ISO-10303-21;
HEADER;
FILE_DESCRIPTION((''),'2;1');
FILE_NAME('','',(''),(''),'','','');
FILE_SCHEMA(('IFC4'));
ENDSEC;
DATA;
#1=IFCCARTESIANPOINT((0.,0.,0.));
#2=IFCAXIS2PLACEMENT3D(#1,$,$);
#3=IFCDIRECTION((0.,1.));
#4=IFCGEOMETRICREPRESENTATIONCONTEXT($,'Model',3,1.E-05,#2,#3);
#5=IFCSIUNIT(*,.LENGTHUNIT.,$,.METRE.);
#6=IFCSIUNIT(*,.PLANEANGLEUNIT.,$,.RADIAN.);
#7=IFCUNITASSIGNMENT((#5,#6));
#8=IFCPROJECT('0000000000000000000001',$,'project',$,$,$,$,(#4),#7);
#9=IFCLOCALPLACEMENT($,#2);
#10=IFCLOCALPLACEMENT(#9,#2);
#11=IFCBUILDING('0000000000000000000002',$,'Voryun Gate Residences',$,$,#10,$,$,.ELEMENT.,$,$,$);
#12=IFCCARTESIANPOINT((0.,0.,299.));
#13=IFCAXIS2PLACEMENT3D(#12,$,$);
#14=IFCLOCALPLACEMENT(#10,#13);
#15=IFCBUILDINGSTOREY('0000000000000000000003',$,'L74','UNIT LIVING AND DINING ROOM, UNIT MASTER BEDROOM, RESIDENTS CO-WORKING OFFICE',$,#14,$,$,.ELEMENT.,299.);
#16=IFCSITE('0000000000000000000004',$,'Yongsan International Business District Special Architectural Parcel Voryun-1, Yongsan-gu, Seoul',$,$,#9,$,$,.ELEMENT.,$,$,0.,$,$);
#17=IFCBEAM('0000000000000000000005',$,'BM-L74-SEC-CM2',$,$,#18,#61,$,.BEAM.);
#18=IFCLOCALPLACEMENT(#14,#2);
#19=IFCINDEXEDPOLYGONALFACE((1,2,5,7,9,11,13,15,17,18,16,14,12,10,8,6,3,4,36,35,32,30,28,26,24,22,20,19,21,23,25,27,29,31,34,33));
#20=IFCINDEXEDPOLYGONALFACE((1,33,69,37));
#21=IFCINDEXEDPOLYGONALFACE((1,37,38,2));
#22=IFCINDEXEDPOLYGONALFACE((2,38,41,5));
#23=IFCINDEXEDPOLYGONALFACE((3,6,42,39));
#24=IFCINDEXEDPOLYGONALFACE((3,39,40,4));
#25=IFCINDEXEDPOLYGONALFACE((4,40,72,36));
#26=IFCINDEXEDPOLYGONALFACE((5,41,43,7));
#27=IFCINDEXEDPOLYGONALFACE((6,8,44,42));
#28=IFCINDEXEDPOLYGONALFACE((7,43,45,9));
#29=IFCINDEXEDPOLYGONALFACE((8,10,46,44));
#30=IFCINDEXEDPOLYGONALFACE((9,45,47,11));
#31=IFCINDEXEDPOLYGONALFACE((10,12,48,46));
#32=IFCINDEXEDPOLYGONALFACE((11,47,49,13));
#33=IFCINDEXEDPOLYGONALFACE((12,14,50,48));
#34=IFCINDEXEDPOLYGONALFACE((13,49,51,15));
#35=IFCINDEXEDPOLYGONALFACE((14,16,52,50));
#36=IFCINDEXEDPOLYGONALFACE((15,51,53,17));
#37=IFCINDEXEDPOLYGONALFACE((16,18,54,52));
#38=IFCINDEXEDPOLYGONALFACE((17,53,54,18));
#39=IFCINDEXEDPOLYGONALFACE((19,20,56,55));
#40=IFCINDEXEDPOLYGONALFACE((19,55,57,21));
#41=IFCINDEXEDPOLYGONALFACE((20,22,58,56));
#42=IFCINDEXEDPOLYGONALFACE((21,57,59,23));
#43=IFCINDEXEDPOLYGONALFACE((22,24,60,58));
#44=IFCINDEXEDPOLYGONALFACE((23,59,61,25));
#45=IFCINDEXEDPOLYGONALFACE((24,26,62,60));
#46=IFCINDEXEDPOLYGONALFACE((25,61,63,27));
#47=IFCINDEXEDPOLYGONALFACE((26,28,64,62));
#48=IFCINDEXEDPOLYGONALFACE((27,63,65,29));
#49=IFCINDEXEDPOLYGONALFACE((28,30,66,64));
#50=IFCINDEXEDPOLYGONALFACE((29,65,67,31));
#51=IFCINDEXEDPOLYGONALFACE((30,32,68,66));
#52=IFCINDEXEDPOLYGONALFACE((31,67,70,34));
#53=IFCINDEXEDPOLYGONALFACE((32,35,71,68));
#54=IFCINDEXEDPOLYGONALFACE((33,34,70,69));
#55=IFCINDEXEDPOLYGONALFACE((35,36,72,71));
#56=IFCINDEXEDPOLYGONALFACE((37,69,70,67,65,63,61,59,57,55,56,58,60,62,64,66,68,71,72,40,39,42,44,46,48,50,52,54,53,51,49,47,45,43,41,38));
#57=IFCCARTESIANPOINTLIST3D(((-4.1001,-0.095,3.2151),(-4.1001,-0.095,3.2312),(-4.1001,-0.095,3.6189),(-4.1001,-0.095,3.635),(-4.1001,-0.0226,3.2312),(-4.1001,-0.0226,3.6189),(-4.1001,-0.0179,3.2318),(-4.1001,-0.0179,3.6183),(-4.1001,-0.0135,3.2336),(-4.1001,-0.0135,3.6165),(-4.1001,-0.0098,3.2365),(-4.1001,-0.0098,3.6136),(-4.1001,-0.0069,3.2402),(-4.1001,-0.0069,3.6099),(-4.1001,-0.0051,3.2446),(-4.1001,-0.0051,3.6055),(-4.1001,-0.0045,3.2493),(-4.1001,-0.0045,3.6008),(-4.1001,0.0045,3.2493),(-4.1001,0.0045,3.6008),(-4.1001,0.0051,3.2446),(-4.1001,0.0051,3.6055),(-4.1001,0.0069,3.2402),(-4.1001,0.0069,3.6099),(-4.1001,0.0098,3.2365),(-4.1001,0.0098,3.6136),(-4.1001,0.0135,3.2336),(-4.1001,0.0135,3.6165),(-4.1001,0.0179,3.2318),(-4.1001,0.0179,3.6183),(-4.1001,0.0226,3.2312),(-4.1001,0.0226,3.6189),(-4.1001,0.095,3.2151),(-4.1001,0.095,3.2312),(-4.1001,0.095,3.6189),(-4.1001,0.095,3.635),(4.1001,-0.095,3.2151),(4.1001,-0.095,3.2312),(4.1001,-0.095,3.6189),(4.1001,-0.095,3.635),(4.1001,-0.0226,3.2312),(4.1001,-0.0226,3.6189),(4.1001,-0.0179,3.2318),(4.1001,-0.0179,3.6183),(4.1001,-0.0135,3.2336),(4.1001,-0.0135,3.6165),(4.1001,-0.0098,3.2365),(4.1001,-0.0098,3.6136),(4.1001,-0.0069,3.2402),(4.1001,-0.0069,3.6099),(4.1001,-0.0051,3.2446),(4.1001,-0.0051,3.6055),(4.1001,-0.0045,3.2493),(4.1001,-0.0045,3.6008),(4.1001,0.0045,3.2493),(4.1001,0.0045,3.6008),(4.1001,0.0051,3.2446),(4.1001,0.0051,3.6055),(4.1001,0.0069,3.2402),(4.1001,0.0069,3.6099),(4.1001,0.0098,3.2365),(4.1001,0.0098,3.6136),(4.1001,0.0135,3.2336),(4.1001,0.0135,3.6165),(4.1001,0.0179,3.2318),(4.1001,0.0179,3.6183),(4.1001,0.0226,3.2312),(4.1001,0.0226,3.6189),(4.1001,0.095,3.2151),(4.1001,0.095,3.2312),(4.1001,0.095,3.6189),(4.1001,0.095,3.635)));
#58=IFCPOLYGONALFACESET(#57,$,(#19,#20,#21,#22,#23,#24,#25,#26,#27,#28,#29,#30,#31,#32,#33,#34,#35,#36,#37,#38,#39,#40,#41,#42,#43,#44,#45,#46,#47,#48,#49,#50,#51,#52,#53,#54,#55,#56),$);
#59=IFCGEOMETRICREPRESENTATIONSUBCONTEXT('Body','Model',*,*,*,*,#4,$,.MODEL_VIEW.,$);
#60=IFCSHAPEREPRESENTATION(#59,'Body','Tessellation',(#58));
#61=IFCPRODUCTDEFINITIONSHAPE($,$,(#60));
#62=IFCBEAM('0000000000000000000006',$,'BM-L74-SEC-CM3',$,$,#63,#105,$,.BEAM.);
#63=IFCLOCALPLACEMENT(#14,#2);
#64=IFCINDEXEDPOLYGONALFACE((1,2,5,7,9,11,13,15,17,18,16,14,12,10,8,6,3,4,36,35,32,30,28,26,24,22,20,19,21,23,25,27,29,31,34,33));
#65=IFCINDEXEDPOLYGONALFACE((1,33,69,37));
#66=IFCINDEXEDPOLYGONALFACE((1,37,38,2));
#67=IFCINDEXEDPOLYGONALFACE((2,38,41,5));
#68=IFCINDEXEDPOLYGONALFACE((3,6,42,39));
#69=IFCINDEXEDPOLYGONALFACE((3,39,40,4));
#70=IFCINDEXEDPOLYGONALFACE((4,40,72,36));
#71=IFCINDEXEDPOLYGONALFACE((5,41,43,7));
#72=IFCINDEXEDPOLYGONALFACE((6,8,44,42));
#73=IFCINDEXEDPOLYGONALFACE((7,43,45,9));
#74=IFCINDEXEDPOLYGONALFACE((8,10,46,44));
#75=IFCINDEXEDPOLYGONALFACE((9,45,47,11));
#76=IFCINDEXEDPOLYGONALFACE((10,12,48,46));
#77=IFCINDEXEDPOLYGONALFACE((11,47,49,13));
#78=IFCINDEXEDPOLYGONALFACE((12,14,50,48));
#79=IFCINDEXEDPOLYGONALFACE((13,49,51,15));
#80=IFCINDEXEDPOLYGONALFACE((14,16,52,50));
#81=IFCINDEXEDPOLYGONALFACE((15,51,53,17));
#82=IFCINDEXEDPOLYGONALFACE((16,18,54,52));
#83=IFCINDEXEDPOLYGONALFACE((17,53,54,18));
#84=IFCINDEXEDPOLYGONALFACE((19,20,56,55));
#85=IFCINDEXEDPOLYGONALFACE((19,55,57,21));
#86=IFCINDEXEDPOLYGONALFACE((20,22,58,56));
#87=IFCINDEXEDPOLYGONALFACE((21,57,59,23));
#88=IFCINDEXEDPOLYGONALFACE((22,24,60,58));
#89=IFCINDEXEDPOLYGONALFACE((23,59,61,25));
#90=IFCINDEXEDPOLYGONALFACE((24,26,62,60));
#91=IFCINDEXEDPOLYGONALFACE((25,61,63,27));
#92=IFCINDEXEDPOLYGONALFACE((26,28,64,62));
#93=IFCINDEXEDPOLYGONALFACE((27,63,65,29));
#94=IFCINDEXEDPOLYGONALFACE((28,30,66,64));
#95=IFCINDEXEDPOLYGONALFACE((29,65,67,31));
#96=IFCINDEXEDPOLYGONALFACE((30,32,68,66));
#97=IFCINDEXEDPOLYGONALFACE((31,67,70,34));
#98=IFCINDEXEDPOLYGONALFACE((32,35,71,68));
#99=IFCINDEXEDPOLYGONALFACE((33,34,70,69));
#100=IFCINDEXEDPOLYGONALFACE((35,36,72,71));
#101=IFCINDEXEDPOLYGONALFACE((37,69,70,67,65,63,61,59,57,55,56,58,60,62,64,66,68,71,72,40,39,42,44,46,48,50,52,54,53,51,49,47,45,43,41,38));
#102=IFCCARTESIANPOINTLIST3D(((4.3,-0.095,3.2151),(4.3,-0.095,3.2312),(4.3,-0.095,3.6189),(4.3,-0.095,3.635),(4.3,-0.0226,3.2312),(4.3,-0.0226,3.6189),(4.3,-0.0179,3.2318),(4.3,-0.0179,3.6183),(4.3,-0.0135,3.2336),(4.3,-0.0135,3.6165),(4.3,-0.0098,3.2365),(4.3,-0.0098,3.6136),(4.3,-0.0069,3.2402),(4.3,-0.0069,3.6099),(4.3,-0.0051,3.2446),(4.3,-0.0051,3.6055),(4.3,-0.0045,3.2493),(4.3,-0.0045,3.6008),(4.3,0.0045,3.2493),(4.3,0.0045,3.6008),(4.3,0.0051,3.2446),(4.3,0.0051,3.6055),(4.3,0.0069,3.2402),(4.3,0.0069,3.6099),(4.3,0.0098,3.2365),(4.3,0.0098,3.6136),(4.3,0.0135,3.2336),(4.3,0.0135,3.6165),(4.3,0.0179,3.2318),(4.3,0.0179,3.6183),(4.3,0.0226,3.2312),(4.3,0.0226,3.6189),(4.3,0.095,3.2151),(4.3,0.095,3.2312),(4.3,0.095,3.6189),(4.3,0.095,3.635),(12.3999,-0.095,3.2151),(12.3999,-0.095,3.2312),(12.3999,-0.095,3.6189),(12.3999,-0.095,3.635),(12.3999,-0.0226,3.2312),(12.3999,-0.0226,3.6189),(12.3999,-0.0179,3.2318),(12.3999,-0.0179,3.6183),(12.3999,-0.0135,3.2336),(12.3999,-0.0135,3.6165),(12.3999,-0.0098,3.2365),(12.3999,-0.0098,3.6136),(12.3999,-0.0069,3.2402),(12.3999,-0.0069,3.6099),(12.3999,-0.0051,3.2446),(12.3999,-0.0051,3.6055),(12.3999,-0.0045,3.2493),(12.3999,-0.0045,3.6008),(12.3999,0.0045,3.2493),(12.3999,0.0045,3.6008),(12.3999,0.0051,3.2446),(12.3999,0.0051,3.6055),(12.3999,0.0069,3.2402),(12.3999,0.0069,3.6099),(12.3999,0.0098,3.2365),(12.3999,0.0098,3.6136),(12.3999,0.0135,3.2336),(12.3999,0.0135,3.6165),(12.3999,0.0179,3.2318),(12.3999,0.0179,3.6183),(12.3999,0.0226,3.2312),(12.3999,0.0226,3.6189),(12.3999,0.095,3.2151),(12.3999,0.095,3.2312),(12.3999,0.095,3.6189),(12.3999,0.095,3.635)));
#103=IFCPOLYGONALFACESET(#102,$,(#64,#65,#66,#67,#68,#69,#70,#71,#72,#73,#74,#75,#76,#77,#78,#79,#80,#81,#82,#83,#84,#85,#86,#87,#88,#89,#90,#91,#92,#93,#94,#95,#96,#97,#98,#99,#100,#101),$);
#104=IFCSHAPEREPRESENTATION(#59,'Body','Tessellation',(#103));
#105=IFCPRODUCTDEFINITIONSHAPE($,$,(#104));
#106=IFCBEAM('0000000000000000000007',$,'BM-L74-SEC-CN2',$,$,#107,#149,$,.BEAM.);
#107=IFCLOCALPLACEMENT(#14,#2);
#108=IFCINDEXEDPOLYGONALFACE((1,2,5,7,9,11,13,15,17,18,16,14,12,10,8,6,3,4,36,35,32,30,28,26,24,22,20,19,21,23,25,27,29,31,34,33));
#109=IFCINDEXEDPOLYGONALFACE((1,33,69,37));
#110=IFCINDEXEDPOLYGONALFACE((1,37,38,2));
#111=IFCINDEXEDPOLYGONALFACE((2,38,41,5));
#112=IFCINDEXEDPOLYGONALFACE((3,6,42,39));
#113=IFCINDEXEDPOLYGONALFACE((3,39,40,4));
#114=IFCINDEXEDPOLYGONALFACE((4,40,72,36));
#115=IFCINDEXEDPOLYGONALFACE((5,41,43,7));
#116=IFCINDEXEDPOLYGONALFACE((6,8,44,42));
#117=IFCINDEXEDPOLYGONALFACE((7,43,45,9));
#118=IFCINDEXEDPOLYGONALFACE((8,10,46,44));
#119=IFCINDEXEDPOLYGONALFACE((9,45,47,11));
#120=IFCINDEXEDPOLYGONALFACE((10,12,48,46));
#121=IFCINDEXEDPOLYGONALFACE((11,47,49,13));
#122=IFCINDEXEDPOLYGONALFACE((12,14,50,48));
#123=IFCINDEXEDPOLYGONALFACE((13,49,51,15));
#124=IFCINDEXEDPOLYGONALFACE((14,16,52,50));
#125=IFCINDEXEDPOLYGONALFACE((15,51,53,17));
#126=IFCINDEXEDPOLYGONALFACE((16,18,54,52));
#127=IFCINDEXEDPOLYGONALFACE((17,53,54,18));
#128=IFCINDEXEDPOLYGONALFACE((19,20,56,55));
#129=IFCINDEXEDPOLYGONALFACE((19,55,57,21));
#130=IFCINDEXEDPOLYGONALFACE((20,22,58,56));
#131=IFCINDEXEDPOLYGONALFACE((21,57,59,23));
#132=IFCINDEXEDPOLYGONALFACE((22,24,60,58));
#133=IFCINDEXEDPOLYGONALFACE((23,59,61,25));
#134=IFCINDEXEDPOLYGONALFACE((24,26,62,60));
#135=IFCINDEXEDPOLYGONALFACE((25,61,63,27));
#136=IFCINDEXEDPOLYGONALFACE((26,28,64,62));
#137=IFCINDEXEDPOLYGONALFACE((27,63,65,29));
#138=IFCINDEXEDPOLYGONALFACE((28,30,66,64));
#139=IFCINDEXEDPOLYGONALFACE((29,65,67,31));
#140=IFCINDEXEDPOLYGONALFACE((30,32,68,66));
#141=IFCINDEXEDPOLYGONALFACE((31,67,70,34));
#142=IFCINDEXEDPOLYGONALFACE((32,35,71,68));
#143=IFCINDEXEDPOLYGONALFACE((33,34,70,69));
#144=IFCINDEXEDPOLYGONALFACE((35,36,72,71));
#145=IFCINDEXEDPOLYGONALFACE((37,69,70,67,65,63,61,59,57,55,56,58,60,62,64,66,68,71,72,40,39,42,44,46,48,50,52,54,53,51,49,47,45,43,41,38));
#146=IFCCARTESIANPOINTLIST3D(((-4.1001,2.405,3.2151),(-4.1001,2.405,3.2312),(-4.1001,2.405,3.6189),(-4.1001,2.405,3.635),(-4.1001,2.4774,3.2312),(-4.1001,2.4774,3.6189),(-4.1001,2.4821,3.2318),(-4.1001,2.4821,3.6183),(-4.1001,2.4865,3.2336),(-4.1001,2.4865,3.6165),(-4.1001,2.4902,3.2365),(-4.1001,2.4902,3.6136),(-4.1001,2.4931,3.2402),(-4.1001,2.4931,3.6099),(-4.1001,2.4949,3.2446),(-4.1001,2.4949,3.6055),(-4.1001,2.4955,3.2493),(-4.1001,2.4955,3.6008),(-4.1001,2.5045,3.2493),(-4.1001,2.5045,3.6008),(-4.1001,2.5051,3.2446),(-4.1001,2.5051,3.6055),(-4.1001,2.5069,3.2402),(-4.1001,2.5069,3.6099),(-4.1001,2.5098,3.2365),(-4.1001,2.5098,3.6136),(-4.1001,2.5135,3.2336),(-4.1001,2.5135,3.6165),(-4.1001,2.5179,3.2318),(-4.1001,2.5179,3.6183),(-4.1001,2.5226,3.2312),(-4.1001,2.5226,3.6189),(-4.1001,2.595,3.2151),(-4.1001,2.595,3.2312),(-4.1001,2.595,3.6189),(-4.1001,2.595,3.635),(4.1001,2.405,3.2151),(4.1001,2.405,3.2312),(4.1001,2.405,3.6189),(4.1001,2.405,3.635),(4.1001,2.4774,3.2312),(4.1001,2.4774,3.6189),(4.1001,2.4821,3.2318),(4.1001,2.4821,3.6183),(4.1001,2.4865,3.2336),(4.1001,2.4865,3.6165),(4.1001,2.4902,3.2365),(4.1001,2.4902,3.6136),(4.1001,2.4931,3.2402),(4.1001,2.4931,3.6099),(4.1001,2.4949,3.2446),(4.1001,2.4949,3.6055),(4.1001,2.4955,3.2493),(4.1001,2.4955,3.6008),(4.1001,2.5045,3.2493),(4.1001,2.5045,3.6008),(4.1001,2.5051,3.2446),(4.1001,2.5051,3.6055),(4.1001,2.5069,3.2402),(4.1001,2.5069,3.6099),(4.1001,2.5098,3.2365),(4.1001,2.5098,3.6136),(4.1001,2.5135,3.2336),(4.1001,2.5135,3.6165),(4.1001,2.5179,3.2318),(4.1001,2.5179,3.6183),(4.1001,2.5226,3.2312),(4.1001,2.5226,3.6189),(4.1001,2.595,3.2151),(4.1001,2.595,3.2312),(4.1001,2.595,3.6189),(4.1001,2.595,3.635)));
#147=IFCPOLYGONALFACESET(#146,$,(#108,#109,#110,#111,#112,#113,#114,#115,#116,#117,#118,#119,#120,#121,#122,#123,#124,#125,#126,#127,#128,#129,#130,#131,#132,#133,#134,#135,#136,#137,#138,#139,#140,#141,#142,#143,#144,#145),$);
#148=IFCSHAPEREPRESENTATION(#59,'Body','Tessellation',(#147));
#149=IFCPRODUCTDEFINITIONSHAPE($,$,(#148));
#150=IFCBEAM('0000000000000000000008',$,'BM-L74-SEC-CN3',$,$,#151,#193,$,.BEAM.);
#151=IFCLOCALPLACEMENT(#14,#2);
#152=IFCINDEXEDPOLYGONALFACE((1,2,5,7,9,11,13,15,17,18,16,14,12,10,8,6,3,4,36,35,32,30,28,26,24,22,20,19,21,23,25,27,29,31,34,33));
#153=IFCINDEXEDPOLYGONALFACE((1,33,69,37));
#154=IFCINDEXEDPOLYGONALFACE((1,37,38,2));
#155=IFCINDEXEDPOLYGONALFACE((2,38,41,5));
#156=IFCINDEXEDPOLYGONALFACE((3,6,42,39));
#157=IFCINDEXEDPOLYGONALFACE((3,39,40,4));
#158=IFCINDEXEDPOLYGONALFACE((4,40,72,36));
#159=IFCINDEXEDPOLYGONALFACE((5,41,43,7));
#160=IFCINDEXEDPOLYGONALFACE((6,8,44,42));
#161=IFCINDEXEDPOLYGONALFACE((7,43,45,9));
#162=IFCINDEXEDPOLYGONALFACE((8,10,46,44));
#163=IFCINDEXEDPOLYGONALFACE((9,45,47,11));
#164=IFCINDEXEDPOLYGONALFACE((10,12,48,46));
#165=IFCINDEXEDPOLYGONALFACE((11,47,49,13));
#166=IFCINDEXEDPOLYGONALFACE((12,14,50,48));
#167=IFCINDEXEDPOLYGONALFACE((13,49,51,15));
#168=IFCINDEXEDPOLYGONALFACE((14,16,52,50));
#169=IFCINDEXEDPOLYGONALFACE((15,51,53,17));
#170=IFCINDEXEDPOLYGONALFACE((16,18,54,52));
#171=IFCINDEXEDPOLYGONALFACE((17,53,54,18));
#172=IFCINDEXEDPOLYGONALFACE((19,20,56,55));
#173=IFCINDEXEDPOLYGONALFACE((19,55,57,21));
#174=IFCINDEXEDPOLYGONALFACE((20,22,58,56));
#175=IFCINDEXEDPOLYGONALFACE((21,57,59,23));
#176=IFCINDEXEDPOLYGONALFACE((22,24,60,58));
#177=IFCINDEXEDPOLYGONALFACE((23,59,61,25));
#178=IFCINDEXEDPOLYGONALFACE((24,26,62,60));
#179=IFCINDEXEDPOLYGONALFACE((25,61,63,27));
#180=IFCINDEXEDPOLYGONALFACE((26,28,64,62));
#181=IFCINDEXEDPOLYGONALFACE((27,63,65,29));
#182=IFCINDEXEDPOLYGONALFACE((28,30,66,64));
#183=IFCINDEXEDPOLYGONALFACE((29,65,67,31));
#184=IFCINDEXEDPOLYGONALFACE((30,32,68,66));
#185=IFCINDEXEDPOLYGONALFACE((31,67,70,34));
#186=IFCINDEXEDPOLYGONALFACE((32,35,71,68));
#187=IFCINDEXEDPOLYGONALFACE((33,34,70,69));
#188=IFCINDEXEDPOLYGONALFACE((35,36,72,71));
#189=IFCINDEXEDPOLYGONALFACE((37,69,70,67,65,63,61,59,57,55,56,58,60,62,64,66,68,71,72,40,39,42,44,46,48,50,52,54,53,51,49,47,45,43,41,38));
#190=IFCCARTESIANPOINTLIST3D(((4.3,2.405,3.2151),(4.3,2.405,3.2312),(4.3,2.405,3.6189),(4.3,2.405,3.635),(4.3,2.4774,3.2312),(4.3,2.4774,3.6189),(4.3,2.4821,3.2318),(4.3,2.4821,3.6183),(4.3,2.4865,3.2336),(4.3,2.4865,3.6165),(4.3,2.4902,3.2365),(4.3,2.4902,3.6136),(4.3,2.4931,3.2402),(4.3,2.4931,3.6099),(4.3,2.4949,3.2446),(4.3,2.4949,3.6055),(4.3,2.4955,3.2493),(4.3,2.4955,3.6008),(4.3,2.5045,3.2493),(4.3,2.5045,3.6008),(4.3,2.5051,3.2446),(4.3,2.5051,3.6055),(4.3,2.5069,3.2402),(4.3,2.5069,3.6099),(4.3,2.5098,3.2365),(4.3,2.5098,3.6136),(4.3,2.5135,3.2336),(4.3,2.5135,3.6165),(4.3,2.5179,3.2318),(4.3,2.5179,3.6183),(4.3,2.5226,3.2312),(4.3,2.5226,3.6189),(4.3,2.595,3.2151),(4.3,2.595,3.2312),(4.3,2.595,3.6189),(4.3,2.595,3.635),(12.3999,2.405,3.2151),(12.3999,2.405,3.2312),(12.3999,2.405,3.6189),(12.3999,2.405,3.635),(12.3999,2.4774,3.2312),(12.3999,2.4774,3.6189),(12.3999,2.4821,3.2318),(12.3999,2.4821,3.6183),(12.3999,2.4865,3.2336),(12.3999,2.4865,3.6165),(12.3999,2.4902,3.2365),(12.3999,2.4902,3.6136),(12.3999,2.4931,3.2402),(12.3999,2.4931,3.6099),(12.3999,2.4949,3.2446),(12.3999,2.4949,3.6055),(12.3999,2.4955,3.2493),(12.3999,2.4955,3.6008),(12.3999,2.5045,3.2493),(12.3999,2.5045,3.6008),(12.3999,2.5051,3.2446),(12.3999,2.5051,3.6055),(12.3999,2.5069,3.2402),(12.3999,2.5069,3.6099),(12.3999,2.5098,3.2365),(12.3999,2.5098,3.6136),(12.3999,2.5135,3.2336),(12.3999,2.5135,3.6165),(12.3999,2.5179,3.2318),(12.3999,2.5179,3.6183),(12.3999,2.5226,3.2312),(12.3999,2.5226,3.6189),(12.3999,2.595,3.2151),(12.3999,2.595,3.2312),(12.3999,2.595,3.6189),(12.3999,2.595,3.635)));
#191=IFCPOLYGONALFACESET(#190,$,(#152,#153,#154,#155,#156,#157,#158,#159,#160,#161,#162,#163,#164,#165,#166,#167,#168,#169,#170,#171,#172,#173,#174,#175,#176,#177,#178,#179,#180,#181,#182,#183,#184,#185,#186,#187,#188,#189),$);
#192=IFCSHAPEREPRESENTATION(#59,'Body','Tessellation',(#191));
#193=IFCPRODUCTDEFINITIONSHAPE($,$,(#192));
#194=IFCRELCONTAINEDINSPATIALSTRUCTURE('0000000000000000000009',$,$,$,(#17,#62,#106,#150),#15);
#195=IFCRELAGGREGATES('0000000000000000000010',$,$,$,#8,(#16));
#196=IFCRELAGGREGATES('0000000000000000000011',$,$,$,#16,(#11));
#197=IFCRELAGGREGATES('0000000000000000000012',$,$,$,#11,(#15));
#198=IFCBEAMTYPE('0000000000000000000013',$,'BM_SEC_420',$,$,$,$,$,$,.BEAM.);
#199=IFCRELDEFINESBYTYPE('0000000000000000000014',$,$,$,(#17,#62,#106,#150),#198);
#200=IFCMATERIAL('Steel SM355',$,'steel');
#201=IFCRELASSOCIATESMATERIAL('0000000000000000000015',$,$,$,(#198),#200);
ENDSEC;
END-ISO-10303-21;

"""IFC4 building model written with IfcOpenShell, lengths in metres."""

from ifc_helpers import new_model, si_unit, direction, frame, origin, origin_2d, place, context, subcontext, project, spatial, i_section, extrude, material, material_profile, profile_set, type_object, element, save


model = new_model("IFC4")

# Units and contexts
model_context = context("Model", 3, precision=1e-05, world=origin(), true_north=direction((0.0, 1.0)))
body_context = subcontext(model_context, "Body", "Model", "MODEL_VIEW")
ifc_project = project(units=[si_unit("LENGTHUNIT", "METRE"), si_unit("PLANEANGLEUNIT", "RADIAN")], contexts=[model_context])

# Site, building, storey
site_placement = place(None, origin())
site = spatial("IfcSite", under=ifc_project, at=site_placement, Name="Yongsan International Business District Special Architectural Parcel Voryun-1, Yongsan-gu, Seoul", CompositionType="ELEMENT", RefElevation=0.0)
building_placement = place(site_placement, origin())
building = spatial("IfcBuilding", under=site, at=building_placement, Name="Voryun Gate Residences", CompositionType="ELEMENT")
storey_placement = place(building_placement, frame((0.0, 0.0, 299.0)))
storey = spatial("IfcBuildingStorey", under=building, at=storey_placement, Name="L74", Description="UNIT LIVING AND DINING ROOM, UNIT MASTER BEDROOM, RESIDENTS CO-WORKING OFFICE", CompositionType="ELEMENT", Elevation=299.0)

# Beams
ifc_material_1 = material(Name="Steel SM355", Category="steel")
ifc_material_profile_1 = material_profile(ifc_material_1, i_section(OverallWidth=0.1899, OverallDepth=0.4199, WebThickness=0.009, FlangeThickness=0.0161, FilletRadius=0.0181, at=origin_2d()), Name="H-420x190x9x16")
ifc_profile_set_1 = profile_set([ifc_material_profile_1], Name="Steel SM355")
beam_type_1 = type_object("IfcBeamType", Name="BM_SEC_420", PredefinedType="BEAM", material=ifc_profile_set_1)
beam_1_placement = place(storey_placement, frame((-4.1001, 0.0, 3.425), z_axis=(1.0, 0.0, 0.0), x_axis=(0.0, 1.0, 0.0)))
element("IfcBeam", 1, at=beam_1_placement, inside=storey, type_object=beam_type_1, Name="BM-L74-SEC-CM2", PredefinedType="BEAM", context=body_context, shape_type="SweptSolid", body=[
    extrude(i_section(OverallWidth=0.1899, OverallDepth=0.4199, WebThickness=0.009, FlangeThickness=0.0161, FilletRadius=0.0181, at=origin_2d()), origin(), (0.0, 0.0, 1.0), 8.2002),
])
beam_2_placement = place(storey_placement, frame((4.3, 0.0, 3.425), z_axis=(1.0, 0.0, 0.0), x_axis=(0.0, 1.0, 0.0)))
element("IfcBeam", 2, at=beam_2_placement, inside=storey, type_object=beam_type_1, Name="BM-L74-SEC-CM3", PredefinedType="BEAM", context=body_context, shape_type="SweptSolid", body=[
    extrude(i_section(OverallWidth=0.1899, OverallDepth=0.4199, WebThickness=0.009, FlangeThickness=0.0161, FilletRadius=0.0181, at=origin_2d()), origin(), (0.0, 0.0, 1.0), 8.0999),
])
beam_3_placement = place(storey_placement, frame((-4.1001, 2.5, 3.425), z_axis=(1.0, 0.0, 0.0), x_axis=(0.0, 1.0, 0.0)))
element("IfcBeam", 3, at=beam_3_placement, inside=storey, type_object=beam_type_1, Name="BM-L74-SEC-CN2", PredefinedType="BEAM", context=body_context, shape_type="SweptSolid", body=[
    extrude(i_section(OverallWidth=0.1899, OverallDepth=0.4199, WebThickness=0.009, FlangeThickness=0.0161, FilletRadius=0.0181, at=origin_2d()), origin(), (0.0, 0.0, 1.0), 8.2002),
])
beam_4_placement = place(storey_placement, frame((4.3, 2.5, 3.425), z_axis=(1.0, 0.0, 0.0), x_axis=(0.0, 1.0, 0.0)))
element("IfcBeam", 4, at=beam_4_placement, inside=storey, type_object=beam_type_1, Name="BM-L74-SEC-CN3", PredefinedType="BEAM", context=body_context, shape_type="SweptSolid", body=[
    extrude(i_section(OverallWidth=0.1899, OverallDepth=0.4199, WebThickness=0.009, FlangeThickness=0.0161, FilletRadius=0.0181, at=origin_2d()), origin(), (0.0, 0.0, 1.0), 8.0999),
])

save(model, "model.ifc")
